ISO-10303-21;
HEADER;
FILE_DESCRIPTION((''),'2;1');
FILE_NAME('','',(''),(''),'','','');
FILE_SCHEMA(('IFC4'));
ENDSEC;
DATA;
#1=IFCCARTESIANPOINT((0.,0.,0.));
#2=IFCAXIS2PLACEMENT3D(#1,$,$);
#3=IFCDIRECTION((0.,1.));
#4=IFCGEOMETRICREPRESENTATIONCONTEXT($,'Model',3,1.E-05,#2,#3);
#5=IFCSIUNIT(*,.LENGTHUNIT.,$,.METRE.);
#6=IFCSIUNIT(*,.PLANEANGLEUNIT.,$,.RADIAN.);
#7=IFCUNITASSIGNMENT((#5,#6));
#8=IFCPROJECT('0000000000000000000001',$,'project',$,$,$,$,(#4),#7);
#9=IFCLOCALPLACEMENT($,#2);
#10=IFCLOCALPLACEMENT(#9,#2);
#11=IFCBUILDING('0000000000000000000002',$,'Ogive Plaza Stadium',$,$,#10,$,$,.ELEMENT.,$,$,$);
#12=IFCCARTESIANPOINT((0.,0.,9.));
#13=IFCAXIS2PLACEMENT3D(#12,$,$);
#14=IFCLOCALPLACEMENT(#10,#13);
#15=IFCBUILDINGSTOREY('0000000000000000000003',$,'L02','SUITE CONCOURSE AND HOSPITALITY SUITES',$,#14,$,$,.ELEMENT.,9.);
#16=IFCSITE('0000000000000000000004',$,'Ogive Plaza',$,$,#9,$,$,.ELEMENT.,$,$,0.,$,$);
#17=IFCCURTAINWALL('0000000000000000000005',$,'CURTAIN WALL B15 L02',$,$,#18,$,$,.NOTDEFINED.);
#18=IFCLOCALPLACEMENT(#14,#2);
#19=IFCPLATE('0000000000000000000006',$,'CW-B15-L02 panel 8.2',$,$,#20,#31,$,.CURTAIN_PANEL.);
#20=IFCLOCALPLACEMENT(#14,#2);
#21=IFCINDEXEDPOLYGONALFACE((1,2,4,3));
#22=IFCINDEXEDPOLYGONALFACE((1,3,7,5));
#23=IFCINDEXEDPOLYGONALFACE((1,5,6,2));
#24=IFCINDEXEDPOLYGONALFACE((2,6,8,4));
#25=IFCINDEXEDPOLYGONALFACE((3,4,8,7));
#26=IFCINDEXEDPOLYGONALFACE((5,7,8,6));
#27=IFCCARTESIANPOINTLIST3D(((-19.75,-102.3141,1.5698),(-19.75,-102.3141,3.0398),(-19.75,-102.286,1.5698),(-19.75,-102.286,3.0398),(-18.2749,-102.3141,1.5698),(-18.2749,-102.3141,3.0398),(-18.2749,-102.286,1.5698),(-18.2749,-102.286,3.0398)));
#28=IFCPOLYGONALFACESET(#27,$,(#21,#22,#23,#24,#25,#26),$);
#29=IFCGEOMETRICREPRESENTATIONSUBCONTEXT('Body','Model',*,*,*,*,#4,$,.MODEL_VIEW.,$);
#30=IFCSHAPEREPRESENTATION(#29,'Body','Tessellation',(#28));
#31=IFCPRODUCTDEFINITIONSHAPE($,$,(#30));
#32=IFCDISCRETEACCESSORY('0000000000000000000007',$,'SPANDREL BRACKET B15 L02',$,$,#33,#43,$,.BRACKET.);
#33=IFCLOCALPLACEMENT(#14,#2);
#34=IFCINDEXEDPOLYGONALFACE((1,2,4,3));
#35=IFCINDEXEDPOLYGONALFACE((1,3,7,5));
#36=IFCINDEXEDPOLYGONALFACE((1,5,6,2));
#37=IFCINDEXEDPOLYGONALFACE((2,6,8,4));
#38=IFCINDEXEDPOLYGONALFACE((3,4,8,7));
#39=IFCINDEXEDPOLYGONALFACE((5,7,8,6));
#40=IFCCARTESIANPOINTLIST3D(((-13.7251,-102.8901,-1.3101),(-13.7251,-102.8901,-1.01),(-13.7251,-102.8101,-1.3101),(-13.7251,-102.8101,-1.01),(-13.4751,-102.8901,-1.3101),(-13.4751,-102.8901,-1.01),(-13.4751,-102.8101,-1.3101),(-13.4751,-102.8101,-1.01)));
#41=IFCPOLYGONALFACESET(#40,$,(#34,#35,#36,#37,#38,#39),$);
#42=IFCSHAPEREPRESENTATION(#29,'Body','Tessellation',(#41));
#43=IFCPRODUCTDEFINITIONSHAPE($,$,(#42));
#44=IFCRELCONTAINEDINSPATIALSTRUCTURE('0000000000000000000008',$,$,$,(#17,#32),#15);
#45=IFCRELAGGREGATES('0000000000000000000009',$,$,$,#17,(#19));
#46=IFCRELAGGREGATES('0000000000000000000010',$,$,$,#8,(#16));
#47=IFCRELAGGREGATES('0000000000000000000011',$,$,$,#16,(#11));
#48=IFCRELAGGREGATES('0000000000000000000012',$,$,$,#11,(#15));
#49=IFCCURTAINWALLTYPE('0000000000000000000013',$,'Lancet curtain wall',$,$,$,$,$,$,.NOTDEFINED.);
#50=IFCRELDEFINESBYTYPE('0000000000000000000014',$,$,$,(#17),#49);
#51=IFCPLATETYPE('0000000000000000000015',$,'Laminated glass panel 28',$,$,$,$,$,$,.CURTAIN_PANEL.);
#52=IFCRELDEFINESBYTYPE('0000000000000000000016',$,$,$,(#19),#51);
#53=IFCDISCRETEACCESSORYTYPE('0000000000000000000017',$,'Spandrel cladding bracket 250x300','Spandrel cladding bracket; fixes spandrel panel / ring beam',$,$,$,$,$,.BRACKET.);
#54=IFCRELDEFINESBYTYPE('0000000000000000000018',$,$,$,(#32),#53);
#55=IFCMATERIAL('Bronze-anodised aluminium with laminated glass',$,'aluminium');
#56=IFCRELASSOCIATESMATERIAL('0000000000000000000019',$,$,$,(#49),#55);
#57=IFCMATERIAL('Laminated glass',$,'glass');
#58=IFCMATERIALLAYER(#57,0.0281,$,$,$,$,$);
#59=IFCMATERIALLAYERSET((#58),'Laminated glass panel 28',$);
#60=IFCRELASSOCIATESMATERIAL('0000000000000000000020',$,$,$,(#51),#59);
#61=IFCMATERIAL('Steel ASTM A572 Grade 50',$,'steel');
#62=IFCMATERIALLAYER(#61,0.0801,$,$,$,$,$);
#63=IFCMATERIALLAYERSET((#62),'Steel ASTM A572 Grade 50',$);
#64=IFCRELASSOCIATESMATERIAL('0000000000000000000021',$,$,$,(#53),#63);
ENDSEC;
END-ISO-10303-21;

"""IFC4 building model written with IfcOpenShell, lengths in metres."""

from ifc_helpers import new_model, si_unit, direction, frame, origin, origin_2d, place, context, subcontext, project, spatial, rectangle, extrude, material, layer, layer_set, type_object, element, aggregate, save


model = new_model("IFC4")

# Units and contexts
model_context = context("Model", 3, precision=1e-05, world=origin(), true_north=direction((0.0, 1.0)))
body_context = subcontext(model_context, "Body", "Model", "MODEL_VIEW")
ifc_project = project(units=[si_unit("LENGTHUNIT", "METRE"), si_unit("PLANEANGLEUNIT", "RADIAN")], contexts=[model_context])

# Site, building, storey
site_placement = place(None, origin())
site = spatial("IfcSite", under=ifc_project, at=site_placement, Name="Ogive Plaza", CompositionType="ELEMENT", RefElevation=0.0)
building_placement = place(site_placement, origin())
building = spatial("IfcBuilding", under=site, at=building_placement, Name="Ogive Plaza Stadium", CompositionType="ELEMENT")
storey_placement = place(building_placement, frame((0.0, 0.0, 9.0)))
storey = spatial("IfcBuildingStorey", under=building, at=storey_placement, Name="L02", Description="SUITE CONCOURSE AND HOSPITALITY SUITES", CompositionType="ELEMENT", Elevation=9.0)

# Curtain wall
ifc_material_1 = material(Name="Bronze-anodised aluminium with laminated glass", Category="aluminium")
curtain_wall_type = type_object("IfcCurtainWallType", Name="Lancet curtain wall", PredefinedType="NOTDEFINED", material=ifc_material_1)
curtain_wall_1_placement = place(storey_placement, origin())
curtain_wall_1 = element("IfcCurtainWall", 1, at=curtain_wall_1_placement, inside=storey, type_object=curtain_wall_type, Name="CURTAIN WALL B15 L02", PredefinedType="NOTDEFINED")

# Plate
ifc_material_2 = material(Name="Laminated glass", Category="glass")
ifc_layer_1 = layer(ifc_material_2, 0.0281)
ifc_layer_set_1 = layer_set([ifc_layer_1], Name="Laminated glass panel 28")
plate_type = type_object("IfcPlateType", Name="Laminated glass panel 28", PredefinedType="CURTAIN_PANEL", material=ifc_layer_set_1)
plate_1_placement = place(storey_placement, frame((-19.0125, -102.3, 1.5698), z_axis=(0.0, 0.0, 1.0), x_axis=(-1.0, 0.0, 0.0)))
plate_1 = element("IfcPlate", 2, at=plate_1_placement, type_object=plate_type, Name="CW-B15-L02 panel 8.2", PredefinedType="CURTAIN_PANEL", context=body_context, shape_type="SweptSolid", body=[
    extrude(rectangle(XDim=1.4751, YDim=0.0281, at=origin_2d()), origin(), (0.0, 0.0, 1.0), 1.47),
])
aggregate(curtain_wall_1, [plate_1])

# Discrete accessory
ifc_material_3 = material(Name="Steel ASTM A572 Grade 50", Category="steel")
ifc_layer_2 = layer(ifc_material_3, 0.0801)
ifc_layer_set_2 = layer_set([ifc_layer_2], Name="Steel ASTM A572 Grade 50")
discrete_accessory_type = type_object("IfcDiscreteAccessoryType", Name="Spandrel cladding bracket 250x300", Description="Spandrel cladding bracket; fixes spandrel panel / ring beam", PredefinedType="BRACKET", material=ifc_layer_set_2)
discrete_accessory_placement = place(storey_placement, frame((-13.6001, -102.8501, -1.3101), z_axis=(0.0, 0.0, 1.0), x_axis=(-1.0, 0.0, 0.0)))
element("IfcDiscreteAccessory", 3, at=discrete_accessory_placement, inside=storey, type_object=discrete_accessory_type, Name="SPANDREL BRACKET B15 L02", PredefinedType="BRACKET", context=body_context, shape_type="SweptSolid", body=[
    extrude(rectangle(XDim=0.25, YDim=0.0801, at=origin_2d()), origin(), (0.0, 0.0, 1.0), 0.3),
])

save(model, "model.ifc")
